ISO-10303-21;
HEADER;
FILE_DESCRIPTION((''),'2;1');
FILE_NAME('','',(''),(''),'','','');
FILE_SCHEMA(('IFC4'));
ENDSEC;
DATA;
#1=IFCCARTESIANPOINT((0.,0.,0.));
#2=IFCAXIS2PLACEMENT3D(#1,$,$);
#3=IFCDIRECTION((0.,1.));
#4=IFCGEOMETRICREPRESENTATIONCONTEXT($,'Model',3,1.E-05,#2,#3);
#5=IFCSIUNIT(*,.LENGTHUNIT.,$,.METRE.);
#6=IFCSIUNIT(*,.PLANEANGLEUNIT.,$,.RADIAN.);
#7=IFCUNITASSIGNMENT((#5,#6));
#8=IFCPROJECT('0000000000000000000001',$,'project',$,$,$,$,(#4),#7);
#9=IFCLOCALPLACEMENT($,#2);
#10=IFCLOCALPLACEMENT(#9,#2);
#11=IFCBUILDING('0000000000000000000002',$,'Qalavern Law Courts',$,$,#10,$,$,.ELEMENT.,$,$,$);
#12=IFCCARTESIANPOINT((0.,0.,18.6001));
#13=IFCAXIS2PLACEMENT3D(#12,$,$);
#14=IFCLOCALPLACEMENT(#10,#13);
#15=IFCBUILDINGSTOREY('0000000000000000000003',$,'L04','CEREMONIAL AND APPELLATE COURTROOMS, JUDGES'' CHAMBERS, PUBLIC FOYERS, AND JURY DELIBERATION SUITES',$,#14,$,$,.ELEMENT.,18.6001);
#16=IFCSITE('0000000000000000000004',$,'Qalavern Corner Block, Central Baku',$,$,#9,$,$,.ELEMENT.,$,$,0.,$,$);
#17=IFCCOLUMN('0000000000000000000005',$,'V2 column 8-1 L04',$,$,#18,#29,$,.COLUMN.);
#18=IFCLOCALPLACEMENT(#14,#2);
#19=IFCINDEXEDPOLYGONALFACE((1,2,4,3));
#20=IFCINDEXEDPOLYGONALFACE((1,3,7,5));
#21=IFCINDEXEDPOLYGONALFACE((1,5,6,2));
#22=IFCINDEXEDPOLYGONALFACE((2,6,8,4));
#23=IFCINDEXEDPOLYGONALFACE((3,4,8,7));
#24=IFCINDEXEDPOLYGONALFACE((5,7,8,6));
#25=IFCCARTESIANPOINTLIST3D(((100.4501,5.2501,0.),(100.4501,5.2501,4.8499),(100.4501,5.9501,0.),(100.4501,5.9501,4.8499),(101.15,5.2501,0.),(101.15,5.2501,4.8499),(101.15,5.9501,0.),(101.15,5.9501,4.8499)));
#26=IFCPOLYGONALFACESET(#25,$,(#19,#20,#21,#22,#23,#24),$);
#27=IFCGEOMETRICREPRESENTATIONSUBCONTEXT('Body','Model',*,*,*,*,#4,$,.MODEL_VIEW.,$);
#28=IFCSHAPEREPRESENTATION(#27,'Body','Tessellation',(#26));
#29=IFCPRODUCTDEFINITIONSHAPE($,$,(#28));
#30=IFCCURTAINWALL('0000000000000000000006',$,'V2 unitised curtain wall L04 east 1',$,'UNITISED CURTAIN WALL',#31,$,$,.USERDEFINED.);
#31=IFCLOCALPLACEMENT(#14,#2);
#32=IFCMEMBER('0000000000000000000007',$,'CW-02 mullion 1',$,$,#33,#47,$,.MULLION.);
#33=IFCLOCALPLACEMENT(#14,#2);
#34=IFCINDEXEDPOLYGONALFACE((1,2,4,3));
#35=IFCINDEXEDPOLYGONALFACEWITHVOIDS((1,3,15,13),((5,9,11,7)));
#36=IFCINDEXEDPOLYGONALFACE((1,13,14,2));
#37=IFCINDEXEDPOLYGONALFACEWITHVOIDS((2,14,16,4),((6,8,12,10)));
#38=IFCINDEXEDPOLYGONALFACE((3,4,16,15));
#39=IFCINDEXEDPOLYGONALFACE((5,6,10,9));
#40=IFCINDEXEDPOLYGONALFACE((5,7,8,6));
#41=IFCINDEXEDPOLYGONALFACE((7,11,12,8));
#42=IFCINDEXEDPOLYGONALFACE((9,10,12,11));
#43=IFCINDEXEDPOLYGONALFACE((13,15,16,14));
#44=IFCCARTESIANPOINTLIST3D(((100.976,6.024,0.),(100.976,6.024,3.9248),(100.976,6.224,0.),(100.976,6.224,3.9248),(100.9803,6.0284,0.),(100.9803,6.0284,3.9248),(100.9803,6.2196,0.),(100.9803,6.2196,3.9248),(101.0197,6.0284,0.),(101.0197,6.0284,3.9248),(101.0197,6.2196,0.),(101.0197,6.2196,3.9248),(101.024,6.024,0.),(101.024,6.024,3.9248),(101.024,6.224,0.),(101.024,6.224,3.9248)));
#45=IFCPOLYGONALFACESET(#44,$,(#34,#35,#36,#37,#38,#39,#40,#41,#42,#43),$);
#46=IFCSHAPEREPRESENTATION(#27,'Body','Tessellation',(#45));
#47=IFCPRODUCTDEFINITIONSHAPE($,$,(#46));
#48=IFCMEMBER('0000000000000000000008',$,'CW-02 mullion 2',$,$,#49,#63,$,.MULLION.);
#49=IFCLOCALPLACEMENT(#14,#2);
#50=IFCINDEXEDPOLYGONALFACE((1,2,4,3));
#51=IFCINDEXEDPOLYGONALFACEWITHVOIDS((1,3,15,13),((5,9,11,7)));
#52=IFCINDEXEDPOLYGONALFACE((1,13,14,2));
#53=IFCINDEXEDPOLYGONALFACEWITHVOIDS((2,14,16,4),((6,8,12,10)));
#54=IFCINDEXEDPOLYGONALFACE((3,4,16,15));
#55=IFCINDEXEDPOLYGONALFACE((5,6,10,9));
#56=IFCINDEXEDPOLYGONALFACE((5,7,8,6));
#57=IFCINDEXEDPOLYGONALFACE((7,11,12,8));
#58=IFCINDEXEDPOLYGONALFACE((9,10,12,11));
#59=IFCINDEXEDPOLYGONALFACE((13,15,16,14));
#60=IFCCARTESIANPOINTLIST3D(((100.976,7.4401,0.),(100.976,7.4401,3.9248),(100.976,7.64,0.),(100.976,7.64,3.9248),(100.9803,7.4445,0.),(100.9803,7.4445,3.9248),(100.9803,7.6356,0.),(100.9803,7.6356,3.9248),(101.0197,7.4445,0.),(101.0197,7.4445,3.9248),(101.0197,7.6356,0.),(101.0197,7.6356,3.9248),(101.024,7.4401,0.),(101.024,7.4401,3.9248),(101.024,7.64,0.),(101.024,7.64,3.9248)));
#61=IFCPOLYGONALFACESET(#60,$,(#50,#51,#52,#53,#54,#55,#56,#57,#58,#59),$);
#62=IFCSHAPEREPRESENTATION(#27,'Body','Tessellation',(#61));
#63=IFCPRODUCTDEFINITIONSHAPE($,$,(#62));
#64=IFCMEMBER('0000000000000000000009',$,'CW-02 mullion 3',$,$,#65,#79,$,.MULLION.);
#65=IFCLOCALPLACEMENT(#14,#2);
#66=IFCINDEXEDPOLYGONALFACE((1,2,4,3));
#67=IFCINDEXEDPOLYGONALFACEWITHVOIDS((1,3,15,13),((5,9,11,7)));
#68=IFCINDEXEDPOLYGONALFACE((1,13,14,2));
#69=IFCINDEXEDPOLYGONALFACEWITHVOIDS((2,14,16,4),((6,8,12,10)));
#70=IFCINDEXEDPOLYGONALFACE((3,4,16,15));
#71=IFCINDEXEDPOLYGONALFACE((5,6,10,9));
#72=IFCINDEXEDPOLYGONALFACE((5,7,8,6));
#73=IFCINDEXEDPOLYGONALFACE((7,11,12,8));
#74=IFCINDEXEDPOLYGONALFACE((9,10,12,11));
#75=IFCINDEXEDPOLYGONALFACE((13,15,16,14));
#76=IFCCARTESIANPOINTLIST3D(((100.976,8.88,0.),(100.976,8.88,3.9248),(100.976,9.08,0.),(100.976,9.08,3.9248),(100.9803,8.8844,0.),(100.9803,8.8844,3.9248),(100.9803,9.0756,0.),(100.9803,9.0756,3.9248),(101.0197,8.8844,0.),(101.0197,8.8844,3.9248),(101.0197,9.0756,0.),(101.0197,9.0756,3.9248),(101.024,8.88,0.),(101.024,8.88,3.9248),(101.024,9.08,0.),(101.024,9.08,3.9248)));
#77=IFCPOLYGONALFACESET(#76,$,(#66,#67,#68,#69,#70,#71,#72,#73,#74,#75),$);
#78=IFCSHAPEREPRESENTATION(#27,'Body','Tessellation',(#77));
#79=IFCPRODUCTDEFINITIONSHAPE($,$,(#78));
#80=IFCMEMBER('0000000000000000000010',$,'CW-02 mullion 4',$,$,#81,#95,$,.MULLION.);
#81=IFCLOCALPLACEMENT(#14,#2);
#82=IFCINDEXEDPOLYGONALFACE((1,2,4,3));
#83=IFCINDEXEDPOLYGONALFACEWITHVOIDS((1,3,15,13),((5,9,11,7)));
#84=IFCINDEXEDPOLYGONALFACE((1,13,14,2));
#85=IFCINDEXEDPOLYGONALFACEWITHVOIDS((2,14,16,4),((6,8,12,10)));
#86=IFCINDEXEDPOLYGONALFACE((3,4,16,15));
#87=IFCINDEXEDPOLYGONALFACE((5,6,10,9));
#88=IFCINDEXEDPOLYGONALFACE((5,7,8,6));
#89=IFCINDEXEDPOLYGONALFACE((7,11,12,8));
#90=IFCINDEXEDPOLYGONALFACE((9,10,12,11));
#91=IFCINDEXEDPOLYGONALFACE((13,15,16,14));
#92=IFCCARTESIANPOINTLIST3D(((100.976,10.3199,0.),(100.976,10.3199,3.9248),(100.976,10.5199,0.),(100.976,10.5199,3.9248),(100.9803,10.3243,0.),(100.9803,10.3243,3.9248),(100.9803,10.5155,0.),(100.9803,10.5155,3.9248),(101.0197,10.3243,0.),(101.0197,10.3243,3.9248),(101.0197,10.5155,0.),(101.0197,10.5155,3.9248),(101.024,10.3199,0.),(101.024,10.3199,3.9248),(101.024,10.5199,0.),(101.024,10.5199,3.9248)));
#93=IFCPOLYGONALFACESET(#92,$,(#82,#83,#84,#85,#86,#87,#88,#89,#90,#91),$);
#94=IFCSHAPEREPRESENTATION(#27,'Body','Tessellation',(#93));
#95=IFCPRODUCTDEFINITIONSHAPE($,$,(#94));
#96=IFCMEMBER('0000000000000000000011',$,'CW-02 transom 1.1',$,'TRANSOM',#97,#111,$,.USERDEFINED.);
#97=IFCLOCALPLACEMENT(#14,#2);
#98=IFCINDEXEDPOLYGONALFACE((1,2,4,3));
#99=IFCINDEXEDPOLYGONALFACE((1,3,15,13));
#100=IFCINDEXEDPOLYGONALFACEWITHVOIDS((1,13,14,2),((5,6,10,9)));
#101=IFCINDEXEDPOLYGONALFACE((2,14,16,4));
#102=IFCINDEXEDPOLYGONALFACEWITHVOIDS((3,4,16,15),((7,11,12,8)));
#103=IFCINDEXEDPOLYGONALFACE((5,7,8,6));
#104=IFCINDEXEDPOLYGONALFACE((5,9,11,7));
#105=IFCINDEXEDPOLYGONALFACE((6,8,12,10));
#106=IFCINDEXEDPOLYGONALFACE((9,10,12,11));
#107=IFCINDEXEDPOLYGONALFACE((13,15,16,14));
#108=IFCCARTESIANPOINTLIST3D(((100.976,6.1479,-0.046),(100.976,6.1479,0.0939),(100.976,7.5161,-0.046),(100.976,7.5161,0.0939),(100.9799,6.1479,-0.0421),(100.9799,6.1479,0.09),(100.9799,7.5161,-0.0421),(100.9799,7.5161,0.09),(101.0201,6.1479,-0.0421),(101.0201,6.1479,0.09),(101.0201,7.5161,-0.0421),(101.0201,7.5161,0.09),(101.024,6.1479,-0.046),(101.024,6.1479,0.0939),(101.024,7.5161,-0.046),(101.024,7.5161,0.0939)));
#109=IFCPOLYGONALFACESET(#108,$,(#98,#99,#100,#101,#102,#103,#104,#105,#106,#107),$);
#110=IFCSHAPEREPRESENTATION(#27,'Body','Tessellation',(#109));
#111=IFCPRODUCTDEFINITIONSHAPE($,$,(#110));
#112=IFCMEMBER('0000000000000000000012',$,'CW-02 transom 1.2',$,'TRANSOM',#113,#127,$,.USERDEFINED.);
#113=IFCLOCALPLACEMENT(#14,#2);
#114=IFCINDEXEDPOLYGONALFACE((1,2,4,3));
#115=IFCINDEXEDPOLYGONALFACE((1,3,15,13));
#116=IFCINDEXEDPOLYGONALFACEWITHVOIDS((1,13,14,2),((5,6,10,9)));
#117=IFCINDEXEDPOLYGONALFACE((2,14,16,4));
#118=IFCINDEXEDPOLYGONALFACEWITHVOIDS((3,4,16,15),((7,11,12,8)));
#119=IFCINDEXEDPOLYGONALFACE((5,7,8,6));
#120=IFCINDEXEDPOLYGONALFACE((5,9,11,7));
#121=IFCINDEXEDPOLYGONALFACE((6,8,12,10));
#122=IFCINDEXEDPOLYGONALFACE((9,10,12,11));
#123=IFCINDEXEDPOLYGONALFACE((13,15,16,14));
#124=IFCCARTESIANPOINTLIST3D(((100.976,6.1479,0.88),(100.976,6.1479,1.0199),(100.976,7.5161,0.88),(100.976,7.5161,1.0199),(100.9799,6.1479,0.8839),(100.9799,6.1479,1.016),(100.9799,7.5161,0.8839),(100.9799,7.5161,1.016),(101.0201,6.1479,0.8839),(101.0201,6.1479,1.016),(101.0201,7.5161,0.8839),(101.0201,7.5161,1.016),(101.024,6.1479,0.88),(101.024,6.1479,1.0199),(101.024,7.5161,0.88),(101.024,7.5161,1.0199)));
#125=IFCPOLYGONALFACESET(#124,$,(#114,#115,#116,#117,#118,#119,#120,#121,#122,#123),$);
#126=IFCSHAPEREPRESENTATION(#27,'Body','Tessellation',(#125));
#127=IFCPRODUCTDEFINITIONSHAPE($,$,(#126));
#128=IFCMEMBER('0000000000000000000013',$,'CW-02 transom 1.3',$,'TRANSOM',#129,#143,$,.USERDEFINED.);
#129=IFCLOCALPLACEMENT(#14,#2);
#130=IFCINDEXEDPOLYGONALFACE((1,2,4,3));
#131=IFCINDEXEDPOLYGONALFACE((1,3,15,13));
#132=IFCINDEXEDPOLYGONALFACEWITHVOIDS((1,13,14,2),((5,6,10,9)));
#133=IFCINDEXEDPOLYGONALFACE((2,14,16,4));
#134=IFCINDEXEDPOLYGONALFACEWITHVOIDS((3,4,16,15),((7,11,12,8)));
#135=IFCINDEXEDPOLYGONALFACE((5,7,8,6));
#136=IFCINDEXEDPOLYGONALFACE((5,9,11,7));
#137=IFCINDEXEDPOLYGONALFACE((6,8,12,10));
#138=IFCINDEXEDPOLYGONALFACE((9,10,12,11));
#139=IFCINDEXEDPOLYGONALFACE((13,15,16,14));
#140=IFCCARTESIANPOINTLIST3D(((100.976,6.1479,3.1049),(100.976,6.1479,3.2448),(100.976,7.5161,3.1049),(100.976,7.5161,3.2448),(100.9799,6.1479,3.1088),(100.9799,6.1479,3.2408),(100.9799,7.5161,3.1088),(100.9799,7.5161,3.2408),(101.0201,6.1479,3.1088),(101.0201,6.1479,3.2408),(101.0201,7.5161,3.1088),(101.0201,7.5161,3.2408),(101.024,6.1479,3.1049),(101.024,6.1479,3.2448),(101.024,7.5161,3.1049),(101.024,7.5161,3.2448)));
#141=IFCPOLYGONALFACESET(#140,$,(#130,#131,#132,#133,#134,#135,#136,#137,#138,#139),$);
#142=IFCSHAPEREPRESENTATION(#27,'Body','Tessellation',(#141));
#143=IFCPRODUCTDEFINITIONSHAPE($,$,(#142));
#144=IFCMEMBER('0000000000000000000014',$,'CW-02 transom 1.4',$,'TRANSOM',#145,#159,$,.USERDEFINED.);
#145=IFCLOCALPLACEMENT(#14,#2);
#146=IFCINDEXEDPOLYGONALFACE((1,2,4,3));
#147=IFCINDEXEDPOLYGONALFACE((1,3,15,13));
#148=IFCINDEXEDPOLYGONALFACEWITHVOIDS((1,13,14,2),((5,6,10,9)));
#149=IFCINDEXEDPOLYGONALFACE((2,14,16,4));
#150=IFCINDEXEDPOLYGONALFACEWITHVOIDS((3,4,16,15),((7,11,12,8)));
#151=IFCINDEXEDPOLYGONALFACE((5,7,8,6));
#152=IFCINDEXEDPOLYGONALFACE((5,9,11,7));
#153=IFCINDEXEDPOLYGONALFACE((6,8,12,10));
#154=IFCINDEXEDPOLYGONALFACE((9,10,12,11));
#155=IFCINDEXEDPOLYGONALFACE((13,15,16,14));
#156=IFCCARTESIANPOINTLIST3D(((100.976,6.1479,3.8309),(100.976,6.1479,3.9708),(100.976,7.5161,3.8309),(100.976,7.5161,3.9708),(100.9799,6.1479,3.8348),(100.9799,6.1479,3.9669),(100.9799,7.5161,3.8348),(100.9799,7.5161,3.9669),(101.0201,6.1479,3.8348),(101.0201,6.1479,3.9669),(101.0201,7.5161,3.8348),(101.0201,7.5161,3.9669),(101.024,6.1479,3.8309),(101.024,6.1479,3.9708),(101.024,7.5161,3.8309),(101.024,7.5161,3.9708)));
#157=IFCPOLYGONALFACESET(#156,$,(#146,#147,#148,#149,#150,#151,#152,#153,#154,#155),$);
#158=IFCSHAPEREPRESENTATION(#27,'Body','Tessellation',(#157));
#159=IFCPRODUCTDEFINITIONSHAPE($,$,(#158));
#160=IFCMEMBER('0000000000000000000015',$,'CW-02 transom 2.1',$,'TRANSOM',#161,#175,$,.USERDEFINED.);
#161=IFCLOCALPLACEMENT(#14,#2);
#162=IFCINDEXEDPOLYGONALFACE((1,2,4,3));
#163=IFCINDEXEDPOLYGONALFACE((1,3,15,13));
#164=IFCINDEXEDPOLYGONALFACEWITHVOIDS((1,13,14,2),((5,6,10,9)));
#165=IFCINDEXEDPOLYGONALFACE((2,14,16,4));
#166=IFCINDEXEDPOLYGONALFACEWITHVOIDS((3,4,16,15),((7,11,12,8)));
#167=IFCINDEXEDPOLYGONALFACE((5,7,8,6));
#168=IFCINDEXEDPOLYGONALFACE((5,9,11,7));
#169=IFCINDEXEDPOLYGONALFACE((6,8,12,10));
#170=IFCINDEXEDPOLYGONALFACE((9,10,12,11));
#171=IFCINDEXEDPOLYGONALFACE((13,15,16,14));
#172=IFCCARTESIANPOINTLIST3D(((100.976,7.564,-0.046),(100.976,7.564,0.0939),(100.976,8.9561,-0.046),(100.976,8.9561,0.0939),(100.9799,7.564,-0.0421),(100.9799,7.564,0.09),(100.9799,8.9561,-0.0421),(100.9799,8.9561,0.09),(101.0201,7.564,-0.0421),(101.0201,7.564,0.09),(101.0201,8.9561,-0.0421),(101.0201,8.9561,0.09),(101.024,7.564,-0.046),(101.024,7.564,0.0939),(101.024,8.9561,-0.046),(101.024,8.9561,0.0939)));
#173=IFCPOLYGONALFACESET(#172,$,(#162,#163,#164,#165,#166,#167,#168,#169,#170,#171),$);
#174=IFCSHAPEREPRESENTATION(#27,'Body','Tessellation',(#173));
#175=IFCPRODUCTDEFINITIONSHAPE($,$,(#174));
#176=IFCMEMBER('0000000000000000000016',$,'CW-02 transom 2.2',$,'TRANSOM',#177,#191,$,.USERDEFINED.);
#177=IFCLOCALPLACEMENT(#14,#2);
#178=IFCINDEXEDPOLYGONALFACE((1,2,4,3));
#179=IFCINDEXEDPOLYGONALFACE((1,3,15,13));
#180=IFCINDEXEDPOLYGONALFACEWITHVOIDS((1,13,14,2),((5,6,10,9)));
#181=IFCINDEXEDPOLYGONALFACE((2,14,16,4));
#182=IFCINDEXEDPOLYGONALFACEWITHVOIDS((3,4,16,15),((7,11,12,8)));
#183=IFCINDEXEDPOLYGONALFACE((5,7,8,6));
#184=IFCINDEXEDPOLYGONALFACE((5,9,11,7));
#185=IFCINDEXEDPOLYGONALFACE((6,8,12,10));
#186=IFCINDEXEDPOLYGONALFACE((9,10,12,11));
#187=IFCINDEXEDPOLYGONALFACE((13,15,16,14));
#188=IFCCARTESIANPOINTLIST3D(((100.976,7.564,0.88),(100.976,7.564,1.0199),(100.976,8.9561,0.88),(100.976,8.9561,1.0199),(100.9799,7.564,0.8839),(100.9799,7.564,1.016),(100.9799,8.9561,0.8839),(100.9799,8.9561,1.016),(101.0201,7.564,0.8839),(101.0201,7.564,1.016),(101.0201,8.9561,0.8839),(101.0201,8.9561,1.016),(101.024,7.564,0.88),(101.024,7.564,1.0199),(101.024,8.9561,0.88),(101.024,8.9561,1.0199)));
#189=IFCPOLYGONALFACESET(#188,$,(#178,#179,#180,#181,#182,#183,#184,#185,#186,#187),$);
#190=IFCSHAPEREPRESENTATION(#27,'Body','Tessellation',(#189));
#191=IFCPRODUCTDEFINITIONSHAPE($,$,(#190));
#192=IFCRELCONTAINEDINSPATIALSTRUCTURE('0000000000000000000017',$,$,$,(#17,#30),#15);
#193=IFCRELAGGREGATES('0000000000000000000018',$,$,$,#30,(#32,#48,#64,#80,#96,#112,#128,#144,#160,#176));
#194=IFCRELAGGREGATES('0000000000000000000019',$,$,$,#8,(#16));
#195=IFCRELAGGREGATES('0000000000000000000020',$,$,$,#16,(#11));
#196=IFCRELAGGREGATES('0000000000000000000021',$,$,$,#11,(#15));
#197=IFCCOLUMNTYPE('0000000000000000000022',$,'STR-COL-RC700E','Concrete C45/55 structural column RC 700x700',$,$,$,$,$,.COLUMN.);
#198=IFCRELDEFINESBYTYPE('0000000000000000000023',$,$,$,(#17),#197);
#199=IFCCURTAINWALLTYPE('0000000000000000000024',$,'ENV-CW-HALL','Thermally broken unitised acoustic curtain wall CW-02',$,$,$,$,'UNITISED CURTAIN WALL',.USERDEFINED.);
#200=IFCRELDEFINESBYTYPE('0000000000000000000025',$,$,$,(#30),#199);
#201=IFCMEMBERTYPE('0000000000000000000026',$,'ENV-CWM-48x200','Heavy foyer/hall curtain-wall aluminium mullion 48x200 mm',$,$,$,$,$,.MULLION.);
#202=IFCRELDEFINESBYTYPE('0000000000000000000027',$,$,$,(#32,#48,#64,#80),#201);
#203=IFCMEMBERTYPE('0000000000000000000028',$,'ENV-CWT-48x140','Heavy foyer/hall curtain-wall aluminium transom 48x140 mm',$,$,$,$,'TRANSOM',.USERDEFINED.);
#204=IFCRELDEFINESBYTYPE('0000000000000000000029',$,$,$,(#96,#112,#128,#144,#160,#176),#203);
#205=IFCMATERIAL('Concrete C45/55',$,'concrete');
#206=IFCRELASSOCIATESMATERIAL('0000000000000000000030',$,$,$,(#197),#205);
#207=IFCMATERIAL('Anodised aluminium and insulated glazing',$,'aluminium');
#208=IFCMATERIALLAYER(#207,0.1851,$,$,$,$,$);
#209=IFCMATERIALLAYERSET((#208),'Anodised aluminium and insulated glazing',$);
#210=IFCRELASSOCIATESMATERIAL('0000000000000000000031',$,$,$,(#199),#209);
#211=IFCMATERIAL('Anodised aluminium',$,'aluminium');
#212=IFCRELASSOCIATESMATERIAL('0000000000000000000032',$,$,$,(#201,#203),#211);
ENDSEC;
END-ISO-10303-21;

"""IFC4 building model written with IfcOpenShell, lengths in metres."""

from ifc_helpers import new_model, si_unit, direction, frame, origin, origin_2d, place, context, subcontext, project, spatial, rectangle, hollow_rectangle, extrude, material, layer, layer_set, material_profile, profile_set, type_object, element, aggregate, save


model = new_model("IFC4")

# Units and contexts
model_context = context("Model", 3, precision=1e-05, world=origin(), true_north=direction((0.0, 1.0)))
body_context = subcontext(model_context, "Body", "Model", "MODEL_VIEW")
ifc_project = project(units=[si_unit("LENGTHUNIT", "METRE"), si_unit("PLANEANGLEUNIT", "RADIAN")], contexts=[model_context])

# Site, building, storey
site_placement = place(None, origin())
site = spatial("IfcSite", under=ifc_project, at=site_placement, Name="Qalavern Corner Block, Central Baku", CompositionType="ELEMENT", RefElevation=0.0)
building_placement = place(site_placement, origin())
building = spatial("IfcBuilding", under=site, at=building_placement, Name="Qalavern Law Courts", CompositionType="ELEMENT")
storey_placement = place(building_placement, frame((0.0, 0.0, 18.6001)))
storey = spatial("IfcBuildingStorey", under=building, at=storey_placement, Name="L04", Description="CEREMONIAL AND APPELLATE COURTROOMS, JUDGES' CHAMBERS, PUBLIC FOYERS, AND JURY DELIBERATION SUITES", CompositionType="ELEMENT", Elevation=18.6001)

# Column
ifc_material_1 = material(Name="Concrete C45/55", Category="concrete")
ifc_material_profile_1 = material_profile(ifc_material_1, rectangle(XDim=0.7, YDim=0.7, at=origin_2d()), Name="RC 700x700")
ifc_profile_set_1 = profile_set([ifc_material_profile_1], Name="Concrete C45/55")
column_type = type_object("IfcColumnType", Name="STR-COL-RC700E", Description="Concrete C45/55 structural column RC 700x700", PredefinedType="COLUMN", material=ifc_profile_set_1)
column_placement = place(storey_placement, frame((100.8, 5.6001, 0.0), z_axis=(0.0, 0.0, 1.0), x_axis=(1.0, 0.0, 0.0)))
element("IfcColumn", 1, at=column_placement, inside=storey, type_object=column_type, Name="V2 column 8-1 L04", PredefinedType="COLUMN", context=body_context, shape_type="SweptSolid", body=[
    extrude(rectangle(XDim=0.7, YDim=0.7, at=origin_2d()), origin(), (0.0, 0.0, 1.0), 4.8499),
])

# Curtain wall, members
ifc_material_2 = material(Name="Anodised aluminium and insulated glazing", Category="aluminium")
ifc_layer_1 = layer(ifc_material_2, 0.1851)
ifc_layer_set_1 = layer_set([ifc_layer_1], Name="Anodised aluminium and insulated glazing")
curtain_wall_type = type_object("IfcCurtainWallType", Name="ENV-CW-HALL", Description="Thermally broken unitised acoustic curtain wall CW-02", ElementType="UNITISED CURTAIN WALL", PredefinedType="USERDEFINED", material=ifc_layer_set_1)
curtain_wall_placement = place(storey_placement, origin())
curtain_wall = element("IfcCurtainWall", 2, at=curtain_wall_placement, inside=storey, type_object=curtain_wall_type, Name="V2 unitised curtain wall L04 east 1", ObjectType="UNITISED CURTAIN WALL", PredefinedType="USERDEFINED")
ifc_material_3 = material(Name="Anodised aluminium", Category="aluminium")
ifc_material_profile_2 = material_profile(ifc_material_3, hollow_rectangle(XDim=0.0481, YDim=0.2, WallThickness=0.0044, at=origin_2d()), Name="ALU MULLION 48x200")
ifc_profile_set_2 = profile_set([ifc_material_profile_2], Name="Anodised aluminium")
member_type_1 = type_object("IfcMemberType", Name="ENV-CWM-48x200", Description="Heavy foyer/hall curtain-wall aluminium mullion 48x200 mm", PredefinedType="MULLION", material=ifc_profile_set_2)
member_1_placement = place(storey_placement, frame((101.0, 6.124, 0.0), z_axis=(0.0, 0.0, 1.0), x_axis=(-1.0, 0.0, 0.0)))
member_1 = element("IfcMember", 3, at=member_1_placement, type_object=member_type_1, Name="CW-02 mullion 1", PredefinedType="MULLION", context=body_context, shape_type="SweptSolid", body=[
    extrude(hollow_rectangle(XDim=0.0481, YDim=0.2, WallThickness=0.0044, at=origin_2d()), origin(), (0.0, 0.0, 1.0), 3.9248),
])
member_2_placement = place(storey_placement, frame((101.0, 7.54, 0.0), z_axis=(0.0, 0.0, 1.0), x_axis=(-1.0, 0.0, 0.0)))
member_2 = element("IfcMember", 4, at=member_2_placement, type_object=member_type_1, Name="CW-02 mullion 2", PredefinedType="MULLION", context=body_context, shape_type="SweptSolid", body=[
    extrude(hollow_rectangle(XDim=0.0481, YDim=0.2, WallThickness=0.0044, at=origin_2d()), origin(), (0.0, 0.0, 1.0), 3.9248),
])
member_3_placement = place(storey_placement, frame((101.0, 8.98, 0.0), z_axis=(0.0, 0.0, 1.0), x_axis=(-1.0, 0.0, 0.0)))
member_3 = element("IfcMember", 5, at=member_3_placement, type_object=member_type_1, Name="CW-02 mullion 3", PredefinedType="MULLION", context=body_context, shape_type="SweptSolid", body=[
    extrude(hollow_rectangle(XDim=0.0481, YDim=0.2, WallThickness=0.0044, at=origin_2d()), origin(), (0.0, 0.0, 1.0), 3.9248),
])
member_4_placement = place(storey_placement, frame((101.0, 10.4199, 0.0), z_axis=(0.0, 0.0, 1.0), x_axis=(-1.0, 0.0, 0.0)))
member_4 = element("IfcMember", 6, at=member_4_placement, type_object=member_type_1, Name="CW-02 mullion 4", PredefinedType="MULLION", context=body_context, shape_type="SweptSolid", body=[
    extrude(hollow_rectangle(XDim=0.0481, YDim=0.2, WallThickness=0.0044, at=origin_2d()), origin(), (0.0, 0.0, 1.0), 3.9248),
])
ifc_material_profile_3 = material_profile(ifc_material_3, hollow_rectangle(XDim=0.0481, YDim=0.1399, WallThickness=0.0039, at=origin_2d()), Name="ALU TRANSOM 48x140")
ifc_profile_set_3 = profile_set([ifc_material_profile_3], Name="Anodised aluminium")
member_type_2 = type_object("IfcMemberType", Name="ENV-CWT-48x140", Description="Heavy foyer/hall curtain-wall aluminium transom 48x140 mm", ElementType="TRANSOM", PredefinedType="USERDEFINED", material=ifc_profile_set_3)
member_5_placement = place(storey_placement, frame((101.0, 6.1479, 0.0239), z_axis=(0.0, 1.0, 0.0), x_axis=(-1.0, 0.0, 0.0)))
member_5 = element("IfcMember", 7, at=member_5_placement, type_object=member_type_2, Name="CW-02 transom 1.1", ObjectType="TRANSOM", PredefinedType="USERDEFINED", context=body_context, shape_type="SweptSolid", body=[
    extrude(hollow_rectangle(XDim=0.0481, YDim=0.1399, WallThickness=0.0039, at=origin_2d()), origin(), (0.0, 0.0, 1.0), 1.3682),
])
member_6_placement = place(storey_placement, frame((101.0, 6.1479, 0.95), z_axis=(0.0, 1.0, 0.0), x_axis=(-1.0, 0.0, 0.0)))
member_6 = element("IfcMember", 8, at=member_6_placement, type_object=member_type_2, Name="CW-02 transom 1.2", ObjectType="TRANSOM", PredefinedType="USERDEFINED", context=body_context, shape_type="SweptSolid", body=[
    extrude(hollow_rectangle(XDim=0.0481, YDim=0.1399, WallThickness=0.0039, at=origin_2d()), origin(), (0.0, 0.0, 1.0), 1.3682),
])
member_7_placement = place(storey_placement, frame((101.0, 6.1479, 3.1748), z_axis=(0.0, 1.0, 0.0), x_axis=(-1.0, 0.0, 0.0)))
member_7 = element("IfcMember", 9, at=member_7_placement, type_object=member_type_2, Name="CW-02 transom 1.3", ObjectType="TRANSOM", PredefinedType="USERDEFINED", context=body_context, shape_type="SweptSolid", body=[
    extrude(hollow_rectangle(XDim=0.0481, YDim=0.1399, WallThickness=0.0039, at=origin_2d()), origin(), (0.0, 0.0, 1.0), 1.3682),
])
member_8_placement = place(storey_placement, frame((101.0, 6.1479, 3.9009), z_axis=(0.0, 1.0, 0.0), x_axis=(-1.0, 0.0, 0.0)))
member_8 = element("IfcMember", 10, at=member_8_placement, type_object=member_type_2, Name="CW-02 transom 1.4", ObjectType="TRANSOM", PredefinedType="USERDEFINED", context=body_context, shape_type="SweptSolid", body=[
    extrude(hollow_rectangle(XDim=0.0481, YDim=0.1399, WallThickness=0.0039, at=origin_2d()), origin(), (0.0, 0.0, 1.0), 1.3682),
])
member_9_placement = place(storey_placement, frame((101.0, 7.564, 0.0239), z_axis=(0.0, 1.0, 0.0), x_axis=(-1.0, 0.0, 0.0)))
member_9 = element("IfcMember", 11, at=member_9_placement, type_object=member_type_2, Name="CW-02 transom 2.1", ObjectType="TRANSOM", PredefinedType="USERDEFINED", context=body_context, shape_type="SweptSolid", body=[
    extrude(hollow_rectangle(XDim=0.0481, YDim=0.1399, WallThickness=0.0039, at=origin_2d()), origin(), (0.0, 0.0, 1.0), 1.3921),
])
member_10_placement = place(storey_placement, frame((101.0, 7.564, 0.95), z_axis=(0.0, 1.0, 0.0), x_axis=(-1.0, 0.0, 0.0)))
member_10 = element("IfcMember", 12, at=member_10_placement, type_object=member_type_2, Name="CW-02 transom 2.2", ObjectType="TRANSOM", PredefinedType="USERDEFINED", context=body_context, shape_type="SweptSolid", body=[
    extrude(hollow_rectangle(XDim=0.0481, YDim=0.1399, WallThickness=0.0039, at=origin_2d()), origin(), (0.0, 0.0, 1.0), 1.3921),
])

aggregate(curtain_wall, [member_1, member_2, member_3, member_4, member_5, member_6, member_7, member_8, member_9, member_10])

save(model, "model.ifc")
